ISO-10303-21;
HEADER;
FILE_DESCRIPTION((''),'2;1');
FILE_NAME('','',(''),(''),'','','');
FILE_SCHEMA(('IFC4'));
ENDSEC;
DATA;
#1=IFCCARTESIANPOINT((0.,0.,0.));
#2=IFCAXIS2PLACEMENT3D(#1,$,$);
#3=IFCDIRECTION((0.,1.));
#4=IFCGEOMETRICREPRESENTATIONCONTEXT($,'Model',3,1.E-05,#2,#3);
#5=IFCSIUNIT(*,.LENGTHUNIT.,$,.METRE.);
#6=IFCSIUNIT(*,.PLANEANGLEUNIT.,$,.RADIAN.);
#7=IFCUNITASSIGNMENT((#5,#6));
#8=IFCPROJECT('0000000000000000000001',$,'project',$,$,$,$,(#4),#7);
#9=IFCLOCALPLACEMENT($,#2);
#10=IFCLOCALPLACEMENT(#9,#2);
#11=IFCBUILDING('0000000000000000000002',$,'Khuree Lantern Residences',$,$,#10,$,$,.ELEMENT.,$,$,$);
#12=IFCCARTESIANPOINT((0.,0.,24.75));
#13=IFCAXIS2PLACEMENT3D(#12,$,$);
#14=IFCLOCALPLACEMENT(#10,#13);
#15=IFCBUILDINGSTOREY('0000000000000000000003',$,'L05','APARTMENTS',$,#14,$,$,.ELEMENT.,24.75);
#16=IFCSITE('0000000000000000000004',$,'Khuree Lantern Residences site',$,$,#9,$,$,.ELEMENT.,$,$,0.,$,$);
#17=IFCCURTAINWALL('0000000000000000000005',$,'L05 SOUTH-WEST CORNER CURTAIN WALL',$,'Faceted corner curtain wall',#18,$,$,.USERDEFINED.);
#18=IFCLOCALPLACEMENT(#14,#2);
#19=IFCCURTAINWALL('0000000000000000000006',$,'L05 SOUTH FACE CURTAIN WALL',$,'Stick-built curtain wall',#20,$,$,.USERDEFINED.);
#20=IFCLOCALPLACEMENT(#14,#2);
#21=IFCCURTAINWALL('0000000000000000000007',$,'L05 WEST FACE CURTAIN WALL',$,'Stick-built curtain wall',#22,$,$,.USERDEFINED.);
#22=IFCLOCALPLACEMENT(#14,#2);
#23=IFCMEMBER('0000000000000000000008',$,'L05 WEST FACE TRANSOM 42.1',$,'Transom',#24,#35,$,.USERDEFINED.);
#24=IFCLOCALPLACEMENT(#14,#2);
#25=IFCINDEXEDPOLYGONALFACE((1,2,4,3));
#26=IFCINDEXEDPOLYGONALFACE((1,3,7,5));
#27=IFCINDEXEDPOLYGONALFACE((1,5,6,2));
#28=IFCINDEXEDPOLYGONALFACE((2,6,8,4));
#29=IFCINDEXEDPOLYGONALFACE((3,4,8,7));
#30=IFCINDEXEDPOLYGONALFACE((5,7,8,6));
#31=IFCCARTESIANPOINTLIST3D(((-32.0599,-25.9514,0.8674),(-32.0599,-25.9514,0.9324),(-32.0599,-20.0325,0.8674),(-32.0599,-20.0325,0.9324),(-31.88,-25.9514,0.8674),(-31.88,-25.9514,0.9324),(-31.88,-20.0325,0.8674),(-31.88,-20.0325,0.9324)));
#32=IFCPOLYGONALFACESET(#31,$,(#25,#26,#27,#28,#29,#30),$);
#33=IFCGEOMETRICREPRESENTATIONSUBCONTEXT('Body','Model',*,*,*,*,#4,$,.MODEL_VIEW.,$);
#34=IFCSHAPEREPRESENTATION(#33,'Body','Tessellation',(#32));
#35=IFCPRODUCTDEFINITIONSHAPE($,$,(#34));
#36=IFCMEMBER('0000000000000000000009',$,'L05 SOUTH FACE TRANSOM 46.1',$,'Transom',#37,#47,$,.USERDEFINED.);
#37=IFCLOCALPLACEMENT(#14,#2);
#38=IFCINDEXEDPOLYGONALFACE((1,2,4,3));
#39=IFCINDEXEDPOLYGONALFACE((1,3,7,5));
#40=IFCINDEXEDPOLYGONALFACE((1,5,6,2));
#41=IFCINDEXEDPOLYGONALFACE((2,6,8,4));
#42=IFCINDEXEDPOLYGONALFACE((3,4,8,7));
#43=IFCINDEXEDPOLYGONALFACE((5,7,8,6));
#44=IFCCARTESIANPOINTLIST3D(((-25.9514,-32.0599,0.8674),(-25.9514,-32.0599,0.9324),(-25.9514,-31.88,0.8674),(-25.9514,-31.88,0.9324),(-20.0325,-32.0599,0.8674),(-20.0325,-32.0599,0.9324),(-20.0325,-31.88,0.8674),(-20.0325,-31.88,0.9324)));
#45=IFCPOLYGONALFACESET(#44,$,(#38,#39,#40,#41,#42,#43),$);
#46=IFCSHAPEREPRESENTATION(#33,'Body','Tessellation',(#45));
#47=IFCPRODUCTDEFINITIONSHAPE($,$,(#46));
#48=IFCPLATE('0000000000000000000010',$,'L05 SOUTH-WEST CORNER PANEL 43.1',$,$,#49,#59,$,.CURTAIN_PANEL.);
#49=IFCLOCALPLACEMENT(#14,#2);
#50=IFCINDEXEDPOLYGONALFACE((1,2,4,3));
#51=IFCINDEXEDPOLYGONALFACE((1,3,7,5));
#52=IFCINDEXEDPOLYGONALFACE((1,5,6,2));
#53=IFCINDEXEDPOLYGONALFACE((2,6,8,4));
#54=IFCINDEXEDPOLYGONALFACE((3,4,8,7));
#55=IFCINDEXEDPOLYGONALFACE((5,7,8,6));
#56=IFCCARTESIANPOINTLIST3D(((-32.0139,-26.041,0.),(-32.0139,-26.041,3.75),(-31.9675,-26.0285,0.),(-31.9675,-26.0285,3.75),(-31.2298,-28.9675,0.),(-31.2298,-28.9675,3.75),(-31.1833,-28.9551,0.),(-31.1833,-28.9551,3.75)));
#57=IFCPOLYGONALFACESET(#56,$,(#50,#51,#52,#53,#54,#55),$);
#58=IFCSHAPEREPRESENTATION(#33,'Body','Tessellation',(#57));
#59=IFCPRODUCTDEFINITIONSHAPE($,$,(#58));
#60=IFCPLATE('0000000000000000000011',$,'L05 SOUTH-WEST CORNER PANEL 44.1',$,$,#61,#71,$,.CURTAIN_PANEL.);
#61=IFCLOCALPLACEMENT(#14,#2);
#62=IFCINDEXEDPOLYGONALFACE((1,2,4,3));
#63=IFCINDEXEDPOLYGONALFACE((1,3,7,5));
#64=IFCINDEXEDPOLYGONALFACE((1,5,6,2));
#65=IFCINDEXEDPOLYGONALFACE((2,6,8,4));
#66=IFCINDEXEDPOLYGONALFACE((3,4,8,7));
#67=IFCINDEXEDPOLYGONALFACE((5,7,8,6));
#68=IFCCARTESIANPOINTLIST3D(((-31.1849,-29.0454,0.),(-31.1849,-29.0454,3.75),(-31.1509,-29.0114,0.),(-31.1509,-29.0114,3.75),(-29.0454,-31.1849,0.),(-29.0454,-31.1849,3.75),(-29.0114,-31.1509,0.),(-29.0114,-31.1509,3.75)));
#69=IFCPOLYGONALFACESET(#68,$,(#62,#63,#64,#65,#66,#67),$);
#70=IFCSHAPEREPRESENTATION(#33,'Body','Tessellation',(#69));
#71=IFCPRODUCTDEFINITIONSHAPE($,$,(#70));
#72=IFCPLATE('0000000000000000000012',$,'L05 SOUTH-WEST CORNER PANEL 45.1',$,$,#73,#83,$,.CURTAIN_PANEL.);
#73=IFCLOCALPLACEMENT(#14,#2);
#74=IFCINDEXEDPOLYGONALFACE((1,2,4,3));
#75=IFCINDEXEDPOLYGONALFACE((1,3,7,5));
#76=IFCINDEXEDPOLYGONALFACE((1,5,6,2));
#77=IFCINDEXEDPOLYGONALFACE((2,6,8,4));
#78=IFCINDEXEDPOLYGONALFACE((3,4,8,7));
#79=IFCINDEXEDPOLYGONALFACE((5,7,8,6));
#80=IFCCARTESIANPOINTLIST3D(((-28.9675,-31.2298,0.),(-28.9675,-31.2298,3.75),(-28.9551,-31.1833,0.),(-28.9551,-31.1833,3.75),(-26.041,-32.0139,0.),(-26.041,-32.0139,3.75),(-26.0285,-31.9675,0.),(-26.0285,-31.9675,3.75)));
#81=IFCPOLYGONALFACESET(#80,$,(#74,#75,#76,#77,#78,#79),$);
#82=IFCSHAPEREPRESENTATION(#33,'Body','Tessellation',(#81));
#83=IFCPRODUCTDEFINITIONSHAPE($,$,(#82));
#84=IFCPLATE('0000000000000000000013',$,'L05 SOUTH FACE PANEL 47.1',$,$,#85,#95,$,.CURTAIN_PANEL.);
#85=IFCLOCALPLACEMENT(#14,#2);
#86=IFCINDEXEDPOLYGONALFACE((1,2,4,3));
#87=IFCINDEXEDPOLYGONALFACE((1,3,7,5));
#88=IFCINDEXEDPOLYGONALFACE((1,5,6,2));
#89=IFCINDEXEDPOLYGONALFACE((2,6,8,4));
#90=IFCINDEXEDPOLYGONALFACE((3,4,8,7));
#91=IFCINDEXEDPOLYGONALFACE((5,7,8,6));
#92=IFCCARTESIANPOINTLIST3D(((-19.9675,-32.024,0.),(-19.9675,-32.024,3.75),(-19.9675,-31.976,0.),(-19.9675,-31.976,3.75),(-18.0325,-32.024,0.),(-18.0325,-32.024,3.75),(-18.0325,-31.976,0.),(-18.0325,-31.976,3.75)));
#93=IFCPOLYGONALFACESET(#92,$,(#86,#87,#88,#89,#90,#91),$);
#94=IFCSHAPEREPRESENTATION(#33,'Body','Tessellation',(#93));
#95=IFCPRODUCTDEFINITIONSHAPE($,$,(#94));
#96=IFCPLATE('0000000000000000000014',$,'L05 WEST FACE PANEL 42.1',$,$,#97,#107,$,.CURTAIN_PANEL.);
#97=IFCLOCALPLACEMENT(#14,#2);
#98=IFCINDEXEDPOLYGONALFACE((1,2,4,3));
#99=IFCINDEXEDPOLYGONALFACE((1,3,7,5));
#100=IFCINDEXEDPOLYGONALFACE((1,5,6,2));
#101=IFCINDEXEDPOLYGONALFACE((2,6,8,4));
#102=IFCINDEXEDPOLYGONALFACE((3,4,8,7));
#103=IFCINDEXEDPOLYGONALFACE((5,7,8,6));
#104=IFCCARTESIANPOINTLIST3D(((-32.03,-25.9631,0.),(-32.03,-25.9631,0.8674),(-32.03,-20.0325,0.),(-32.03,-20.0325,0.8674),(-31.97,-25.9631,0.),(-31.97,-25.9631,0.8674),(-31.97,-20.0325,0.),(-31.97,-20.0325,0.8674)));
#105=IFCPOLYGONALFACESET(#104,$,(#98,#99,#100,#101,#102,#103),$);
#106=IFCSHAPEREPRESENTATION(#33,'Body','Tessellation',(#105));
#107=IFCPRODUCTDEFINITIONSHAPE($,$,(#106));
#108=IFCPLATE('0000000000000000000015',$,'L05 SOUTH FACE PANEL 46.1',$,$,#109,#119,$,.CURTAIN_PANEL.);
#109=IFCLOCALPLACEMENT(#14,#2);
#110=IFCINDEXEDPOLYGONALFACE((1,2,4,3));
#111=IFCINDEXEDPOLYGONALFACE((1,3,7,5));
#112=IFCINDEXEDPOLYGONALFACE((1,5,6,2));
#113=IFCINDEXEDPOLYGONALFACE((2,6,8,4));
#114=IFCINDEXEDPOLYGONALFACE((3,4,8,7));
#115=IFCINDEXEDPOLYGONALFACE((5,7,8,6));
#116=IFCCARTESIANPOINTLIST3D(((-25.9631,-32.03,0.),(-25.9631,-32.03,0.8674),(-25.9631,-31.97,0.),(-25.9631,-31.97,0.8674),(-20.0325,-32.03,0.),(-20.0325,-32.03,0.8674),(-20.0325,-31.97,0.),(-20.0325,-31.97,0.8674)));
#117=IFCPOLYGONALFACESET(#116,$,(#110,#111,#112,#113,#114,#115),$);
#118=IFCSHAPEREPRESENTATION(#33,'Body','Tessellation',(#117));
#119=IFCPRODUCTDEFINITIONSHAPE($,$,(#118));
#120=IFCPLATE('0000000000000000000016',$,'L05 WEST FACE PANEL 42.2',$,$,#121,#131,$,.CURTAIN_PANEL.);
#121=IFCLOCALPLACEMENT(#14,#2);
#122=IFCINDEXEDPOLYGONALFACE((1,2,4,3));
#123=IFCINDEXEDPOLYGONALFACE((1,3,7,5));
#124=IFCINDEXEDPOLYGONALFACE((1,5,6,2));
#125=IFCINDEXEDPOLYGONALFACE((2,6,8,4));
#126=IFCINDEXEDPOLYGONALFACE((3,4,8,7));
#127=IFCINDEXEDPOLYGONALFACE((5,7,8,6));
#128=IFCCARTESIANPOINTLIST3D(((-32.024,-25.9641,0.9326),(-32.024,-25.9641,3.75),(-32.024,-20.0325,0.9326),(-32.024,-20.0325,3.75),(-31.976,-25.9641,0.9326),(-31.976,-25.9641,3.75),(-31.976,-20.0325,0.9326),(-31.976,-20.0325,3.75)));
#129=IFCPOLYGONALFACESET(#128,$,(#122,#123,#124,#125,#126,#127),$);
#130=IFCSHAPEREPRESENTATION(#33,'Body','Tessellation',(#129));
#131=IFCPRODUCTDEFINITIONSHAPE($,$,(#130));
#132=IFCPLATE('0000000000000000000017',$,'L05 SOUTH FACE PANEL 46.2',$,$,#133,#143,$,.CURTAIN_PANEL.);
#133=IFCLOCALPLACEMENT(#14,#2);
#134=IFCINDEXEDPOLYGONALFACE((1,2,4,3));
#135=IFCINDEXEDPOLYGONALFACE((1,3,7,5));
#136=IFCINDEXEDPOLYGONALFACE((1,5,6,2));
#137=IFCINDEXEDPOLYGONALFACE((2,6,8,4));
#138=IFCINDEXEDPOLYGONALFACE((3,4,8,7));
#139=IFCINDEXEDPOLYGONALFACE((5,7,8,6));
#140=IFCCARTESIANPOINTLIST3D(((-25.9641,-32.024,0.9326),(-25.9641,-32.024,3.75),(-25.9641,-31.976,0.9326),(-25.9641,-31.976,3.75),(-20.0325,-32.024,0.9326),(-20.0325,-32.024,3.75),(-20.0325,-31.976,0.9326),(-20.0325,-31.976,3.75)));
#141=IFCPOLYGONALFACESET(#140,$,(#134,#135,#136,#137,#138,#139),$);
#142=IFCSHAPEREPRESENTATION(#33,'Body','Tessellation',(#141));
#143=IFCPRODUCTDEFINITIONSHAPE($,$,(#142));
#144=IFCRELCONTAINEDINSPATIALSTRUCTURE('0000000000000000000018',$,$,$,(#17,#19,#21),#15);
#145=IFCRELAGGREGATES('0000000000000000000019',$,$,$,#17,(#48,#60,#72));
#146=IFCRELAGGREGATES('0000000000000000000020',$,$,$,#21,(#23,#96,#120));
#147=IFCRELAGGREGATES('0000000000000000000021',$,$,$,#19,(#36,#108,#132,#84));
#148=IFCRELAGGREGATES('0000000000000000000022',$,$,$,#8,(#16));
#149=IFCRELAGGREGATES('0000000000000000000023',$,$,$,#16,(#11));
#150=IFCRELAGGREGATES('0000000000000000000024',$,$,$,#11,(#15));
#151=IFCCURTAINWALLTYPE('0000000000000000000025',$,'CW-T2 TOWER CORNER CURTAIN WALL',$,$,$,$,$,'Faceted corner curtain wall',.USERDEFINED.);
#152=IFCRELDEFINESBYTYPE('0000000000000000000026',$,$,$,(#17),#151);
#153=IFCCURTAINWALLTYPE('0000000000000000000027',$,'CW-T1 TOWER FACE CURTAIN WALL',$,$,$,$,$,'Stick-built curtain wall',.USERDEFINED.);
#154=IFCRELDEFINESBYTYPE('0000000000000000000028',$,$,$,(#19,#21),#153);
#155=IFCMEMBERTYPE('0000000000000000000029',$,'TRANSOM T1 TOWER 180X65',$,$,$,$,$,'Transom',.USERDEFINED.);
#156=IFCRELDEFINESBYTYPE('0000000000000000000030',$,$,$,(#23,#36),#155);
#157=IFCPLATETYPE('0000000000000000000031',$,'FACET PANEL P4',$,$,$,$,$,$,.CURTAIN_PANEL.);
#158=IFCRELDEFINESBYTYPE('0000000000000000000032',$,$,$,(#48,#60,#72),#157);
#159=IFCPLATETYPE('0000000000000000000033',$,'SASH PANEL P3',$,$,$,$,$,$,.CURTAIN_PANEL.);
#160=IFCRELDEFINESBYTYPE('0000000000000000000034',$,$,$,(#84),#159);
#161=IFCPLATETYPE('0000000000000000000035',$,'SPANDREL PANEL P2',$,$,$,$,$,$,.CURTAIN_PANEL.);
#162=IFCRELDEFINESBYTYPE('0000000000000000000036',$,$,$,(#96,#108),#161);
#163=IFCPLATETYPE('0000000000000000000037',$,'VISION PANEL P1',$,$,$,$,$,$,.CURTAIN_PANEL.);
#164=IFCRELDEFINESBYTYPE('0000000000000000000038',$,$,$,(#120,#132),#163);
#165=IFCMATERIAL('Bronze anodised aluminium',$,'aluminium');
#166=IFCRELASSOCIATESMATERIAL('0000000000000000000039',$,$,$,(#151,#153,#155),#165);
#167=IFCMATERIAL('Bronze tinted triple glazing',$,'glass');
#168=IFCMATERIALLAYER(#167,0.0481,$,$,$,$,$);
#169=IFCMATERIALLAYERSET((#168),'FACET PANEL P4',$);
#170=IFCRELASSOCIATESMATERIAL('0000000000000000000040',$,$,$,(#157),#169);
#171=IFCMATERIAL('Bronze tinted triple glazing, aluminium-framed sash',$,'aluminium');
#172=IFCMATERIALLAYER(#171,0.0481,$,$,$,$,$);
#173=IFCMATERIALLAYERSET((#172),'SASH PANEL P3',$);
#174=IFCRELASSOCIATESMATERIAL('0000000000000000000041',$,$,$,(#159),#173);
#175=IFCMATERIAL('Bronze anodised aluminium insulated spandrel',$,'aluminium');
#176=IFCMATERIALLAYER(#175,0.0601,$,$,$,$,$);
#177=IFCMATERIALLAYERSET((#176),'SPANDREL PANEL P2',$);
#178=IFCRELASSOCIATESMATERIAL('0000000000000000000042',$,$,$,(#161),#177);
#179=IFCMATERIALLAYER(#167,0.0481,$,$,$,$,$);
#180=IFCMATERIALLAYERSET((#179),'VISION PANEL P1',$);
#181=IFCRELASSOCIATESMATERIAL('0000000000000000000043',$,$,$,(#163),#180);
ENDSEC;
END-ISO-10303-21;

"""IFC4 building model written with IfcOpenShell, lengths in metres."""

from ifc_helpers import new_model, si_unit, direction, frame, origin, origin_2d, place, context, subcontext, project, spatial, rectangle, extrude, material, layer, layer_set, material_profile, profile_set, type_object, element, aggregate, save


model = new_model("IFC4")

# Units and contexts
model_context = context("Model", 3, precision=1e-05, world=origin(), true_north=direction((0.0, 1.0)))
body_context = subcontext(model_context, "Body", "Model", "MODEL_VIEW")
ifc_project = project(units=[si_unit("LENGTHUNIT", "METRE"), si_unit("PLANEANGLEUNIT", "RADIAN")], contexts=[model_context])

# Site, building, storey
site_placement = place(None, origin())
site = spatial("IfcSite", under=ifc_project, at=site_placement, Name="Khuree Lantern Residences site", CompositionType="ELEMENT", RefElevation=0.0)
building_placement = place(site_placement, origin())
building = spatial("IfcBuilding", under=site, at=building_placement, Name="Khuree Lantern Residences", CompositionType="ELEMENT")
storey_placement = place(building_placement, frame((0.0, 0.0, 24.75)))
storey = spatial("IfcBuildingStorey", under=building, at=storey_placement, Name="L05", Description="APARTMENTS", CompositionType="ELEMENT", Elevation=24.75)

# Curtain walls
ifc_material_1 = material(Name="Bronze anodised aluminium", Category="aluminium")
curtain_wall_type_1 = type_object("IfcCurtainWallType", Name="CW-T2 TOWER CORNER CURTAIN WALL", ElementType="Faceted corner curtain wall", PredefinedType="USERDEFINED", material=ifc_material_1)
curtain_wall_1_placement = place(storey_placement, origin())
curtain_wall_1 = element("IfcCurtainWall", 1, at=curtain_wall_1_placement, inside=storey, type_object=curtain_wall_type_1, Name="L05 SOUTH-WEST CORNER CURTAIN WALL", ObjectType="Faceted corner curtain wall", PredefinedType="USERDEFINED")
curtain_wall_type_2 = type_object("IfcCurtainWallType", Name="CW-T1 TOWER FACE CURTAIN WALL", ElementType="Stick-built curtain wall", PredefinedType="USERDEFINED", material=ifc_material_1)
curtain_wall_2_placement = place(storey_placement, origin())
curtain_wall_2 = element("IfcCurtainWall", 2, at=curtain_wall_2_placement, inside=storey, type_object=curtain_wall_type_2, Name="L05 SOUTH FACE CURTAIN WALL", ObjectType="Stick-built curtain wall", PredefinedType="USERDEFINED")

# Curtain wall, member
curtain_wall_3_placement = place(storey_placement, origin())
curtain_wall_3 = element("IfcCurtainWall", 3, at=curtain_wall_3_placement, inside=storey, type_object=curtain_wall_type_2, Name="L05 WEST FACE CURTAIN WALL", ObjectType="Stick-built curtain wall", PredefinedType="USERDEFINED")
ifc_material_profile_1 = material_profile(ifc_material_1, rectangle(XDim=0.1799, YDim=0.0649, at=origin_2d()), Name="T1 180X65")
ifc_profile_set_1 = profile_set([ifc_material_profile_1], Name="Bronze anodised aluminium")
member_type_1 = type_object("IfcMemberType", Name="TRANSOM T1 TOWER 180X65", ElementType="Transom", PredefinedType="USERDEFINED", material=ifc_profile_set_1)
member_1_placement = place(storey_placement, frame((-31.97, -20.0325, 0.8999), z_axis=(0.0, -1.0, 0.0), x_axis=(1.0, 0.0, 0.0)))
member_1 = element("IfcMember", 4, at=member_1_placement, type_object=member_type_1, Name="L05 WEST FACE TRANSOM 42.1", ObjectType="Transom", PredefinedType="USERDEFINED", context=body_context, shape_type="SweptSolid", body=[
    extrude(rectangle(XDim=0.1799, YDim=0.0649, at=origin_2d()), origin(), (0.0, 0.0, 1.0), 5.9189),
])

# Member
member_2_placement = place(storey_placement, frame((-25.9514, -31.97, 0.8999), z_axis=(1.0, 0.0, 0.0), x_axis=(0.0, 1.0, 0.0)))
member_2 = element("IfcMember", 5, at=member_2_placement, type_object=member_type_1, Name="L05 SOUTH FACE TRANSOM 46.1", ObjectType="Transom", PredefinedType="USERDEFINED", context=body_context, shape_type="SweptSolid", body=[
    extrude(rectangle(XDim=0.1799, YDim=0.0649, at=origin_2d()), origin(), (0.0, 0.0, 1.0), 5.9189),
])

# Plates
ifc_material_2 = material(Name="Bronze tinted triple glazing", Category="glass")
ifc_layer_1 = layer(ifc_material_2, 0.0481)
ifc_layer_set_1 = layer_set([ifc_layer_1], Name="FACET PANEL P4")
plate_type_1 = type_object("IfcPlateType", Name="FACET PANEL P4", PredefinedType="CURTAIN_PANEL", material=ifc_layer_set_1)
plate_1_placement = place(storey_placement, frame((-31.5986, -27.498, 0.0), z_axis=(0.0, 0.0, 1.0), x_axis=(0.258819, -0.965926, 0.0)))
plate_1 = element("IfcPlate", 6, at=plate_1_placement, type_object=plate_type_1, Name="L05 SOUTH-WEST CORNER PANEL 43.1", PredefinedType="CURTAIN_PANEL", context=body_context, shape_type="SweptSolid", body=[
    extrude(rectangle(XDim=3.0298, YDim=0.0481, at=origin_2d()), origin(), (0.0, 0.0, 1.0), 3.75),
])
plate_2_placement = place(storey_placement, frame((-30.0981, -30.0981, 0.0), z_axis=(0.0, 0.0, 1.0), x_axis=(0.707107, -0.707107, 0.0)))
plate_2 = element("IfcPlate", 7, at=plate_2_placement, type_object=plate_type_1, Name="L05 SOUTH-WEST CORNER PANEL 44.1", PredefinedType="CURTAIN_PANEL", context=body_context, shape_type="SweptSolid", body=[
    extrude(rectangle(XDim=3.0256, YDim=0.0481, at=origin_2d()), origin(), (0.0, 0.0, 1.0), 3.75),
])
plate_3_placement = place(storey_placement, frame((-27.498, -31.5986, 0.0), z_axis=(0.0, 0.0, 1.0), x_axis=(0.965926, -0.258819, 0.0)))
plate_3 = element("IfcPlate", 8, at=plate_3_placement, type_object=plate_type_1, Name="L05 SOUTH-WEST CORNER PANEL 45.1", PredefinedType="CURTAIN_PANEL", context=body_context, shape_type="SweptSolid", body=[
    extrude(rectangle(XDim=3.0298, YDim=0.0481, at=origin_2d()), origin(), (0.0, 0.0, 1.0), 3.75),
])
aggregate(curtain_wall_1, [plate_1, plate_2, plate_3])
ifc_material_3 = material(Name="Bronze tinted triple glazing, aluminium-framed sash", Category="aluminium")
ifc_layer_2 = layer(ifc_material_3, 0.0481)
ifc_layer_set_2 = layer_set([ifc_layer_2], Name="SASH PANEL P3")
plate_type_2 = type_object("IfcPlateType", Name="SASH PANEL P3", PredefinedType="CURTAIN_PANEL", material=ifc_layer_set_2)
plate_4_placement = place(storey_placement, frame((-19.0, -32.0, 0.0), z_axis=(0.0, 0.0, 1.0), x_axis=(1.0, 0.0, 0.0)))
plate_4 = element("IfcPlate", 9, at=plate_4_placement, type_object=plate_type_2, Name="L05 SOUTH FACE PANEL 47.1", PredefinedType="CURTAIN_PANEL", context=body_context, shape_type="SweptSolid", body=[
    extrude(rectangle(XDim=1.9351, YDim=0.0481, at=origin_2d()), origin(), (0.0, 0.0, 1.0), 3.75),
])
ifc_material_4 = material(Name="Bronze anodised aluminium insulated spandrel", Category="aluminium")
ifc_layer_3 = layer(ifc_material_4, 0.0601)
ifc_layer_set_3 = layer_set([ifc_layer_3], Name="SPANDREL PANEL P2")
plate_type_3 = type_object("IfcPlateType", Name="SPANDREL PANEL P2", PredefinedType="CURTAIN_PANEL", material=ifc_layer_set_3)
plate_5_placement = place(storey_placement, frame((-32.0, -22.9978, 0.0), z_axis=(0.0, 0.0, 1.0), x_axis=(0.0, -1.0, 0.0)))
plate_5 = element("IfcPlate", 10, at=plate_5_placement, type_object=plate_type_3, Name="L05 WEST FACE PANEL 42.1", PredefinedType="CURTAIN_PANEL", context=body_context, shape_type="SweptSolid", body=[
    extrude(rectangle(XDim=5.9307, YDim=0.0601, at=origin_2d()), origin(), (0.0, 0.0, 1.0), 0.8674),
])
plate_6_placement = place(storey_placement, frame((-22.9978, -32.0, 0.0), z_axis=(0.0, 0.0, 1.0), x_axis=(1.0, 0.0, 0.0)))
plate_6 = element("IfcPlate", 11, at=plate_6_placement, type_object=plate_type_3, Name="L05 SOUTH FACE PANEL 46.1", PredefinedType="CURTAIN_PANEL", context=body_context, shape_type="SweptSolid", body=[
    extrude(rectangle(XDim=5.9307, YDim=0.0601, at=origin_2d()), origin(), (0.0, 0.0, 1.0), 0.8674),
])
ifc_layer_4 = layer(ifc_material_2, 0.0481)
ifc_layer_set_4 = layer_set([ifc_layer_4], Name="VISION PANEL P1")
plate_type_4 = type_object("IfcPlateType", Name="VISION PANEL P1", PredefinedType="CURTAIN_PANEL", material=ifc_layer_set_4)
plate_7_placement = place(storey_placement, frame((-32.0, -22.9983, 0.9326), z_axis=(0.0, 0.0, 1.0), x_axis=(0.0, -1.0, 0.0)))
plate_7 = element("IfcPlate", 12, at=plate_7_placement, type_object=plate_type_4, Name="L05 WEST FACE PANEL 42.2", PredefinedType="CURTAIN_PANEL", context=body_context, shape_type="SweptSolid", body=[
    extrude(rectangle(XDim=5.9316, YDim=0.0481, at=origin_2d()), origin(), (0.0, 0.0, 1.0), 2.8174),
])
aggregate(curtain_wall_3, [member_1, plate_5, plate_7])
plate_8_placement = place(storey_placement, frame((-22.9983, -32.0, 0.9326), z_axis=(0.0, 0.0, 1.0), x_axis=(1.0, 0.0, 0.0)))
plate_8 = element("IfcPlate", 13, at=plate_8_placement, type_object=plate_type_4, Name="L05 SOUTH FACE PANEL 46.2", PredefinedType="CURTAIN_PANEL", context=body_context, shape_type="SweptSolid", body=[
    extrude(rectangle(XDim=5.9316, YDim=0.0481, at=origin_2d()), origin(), (0.0, 0.0, 1.0), 2.8174),
])
aggregate(curtain_wall_2, [member_2, plate_6, plate_8, plate_4])

save(model, "model.ifc")
